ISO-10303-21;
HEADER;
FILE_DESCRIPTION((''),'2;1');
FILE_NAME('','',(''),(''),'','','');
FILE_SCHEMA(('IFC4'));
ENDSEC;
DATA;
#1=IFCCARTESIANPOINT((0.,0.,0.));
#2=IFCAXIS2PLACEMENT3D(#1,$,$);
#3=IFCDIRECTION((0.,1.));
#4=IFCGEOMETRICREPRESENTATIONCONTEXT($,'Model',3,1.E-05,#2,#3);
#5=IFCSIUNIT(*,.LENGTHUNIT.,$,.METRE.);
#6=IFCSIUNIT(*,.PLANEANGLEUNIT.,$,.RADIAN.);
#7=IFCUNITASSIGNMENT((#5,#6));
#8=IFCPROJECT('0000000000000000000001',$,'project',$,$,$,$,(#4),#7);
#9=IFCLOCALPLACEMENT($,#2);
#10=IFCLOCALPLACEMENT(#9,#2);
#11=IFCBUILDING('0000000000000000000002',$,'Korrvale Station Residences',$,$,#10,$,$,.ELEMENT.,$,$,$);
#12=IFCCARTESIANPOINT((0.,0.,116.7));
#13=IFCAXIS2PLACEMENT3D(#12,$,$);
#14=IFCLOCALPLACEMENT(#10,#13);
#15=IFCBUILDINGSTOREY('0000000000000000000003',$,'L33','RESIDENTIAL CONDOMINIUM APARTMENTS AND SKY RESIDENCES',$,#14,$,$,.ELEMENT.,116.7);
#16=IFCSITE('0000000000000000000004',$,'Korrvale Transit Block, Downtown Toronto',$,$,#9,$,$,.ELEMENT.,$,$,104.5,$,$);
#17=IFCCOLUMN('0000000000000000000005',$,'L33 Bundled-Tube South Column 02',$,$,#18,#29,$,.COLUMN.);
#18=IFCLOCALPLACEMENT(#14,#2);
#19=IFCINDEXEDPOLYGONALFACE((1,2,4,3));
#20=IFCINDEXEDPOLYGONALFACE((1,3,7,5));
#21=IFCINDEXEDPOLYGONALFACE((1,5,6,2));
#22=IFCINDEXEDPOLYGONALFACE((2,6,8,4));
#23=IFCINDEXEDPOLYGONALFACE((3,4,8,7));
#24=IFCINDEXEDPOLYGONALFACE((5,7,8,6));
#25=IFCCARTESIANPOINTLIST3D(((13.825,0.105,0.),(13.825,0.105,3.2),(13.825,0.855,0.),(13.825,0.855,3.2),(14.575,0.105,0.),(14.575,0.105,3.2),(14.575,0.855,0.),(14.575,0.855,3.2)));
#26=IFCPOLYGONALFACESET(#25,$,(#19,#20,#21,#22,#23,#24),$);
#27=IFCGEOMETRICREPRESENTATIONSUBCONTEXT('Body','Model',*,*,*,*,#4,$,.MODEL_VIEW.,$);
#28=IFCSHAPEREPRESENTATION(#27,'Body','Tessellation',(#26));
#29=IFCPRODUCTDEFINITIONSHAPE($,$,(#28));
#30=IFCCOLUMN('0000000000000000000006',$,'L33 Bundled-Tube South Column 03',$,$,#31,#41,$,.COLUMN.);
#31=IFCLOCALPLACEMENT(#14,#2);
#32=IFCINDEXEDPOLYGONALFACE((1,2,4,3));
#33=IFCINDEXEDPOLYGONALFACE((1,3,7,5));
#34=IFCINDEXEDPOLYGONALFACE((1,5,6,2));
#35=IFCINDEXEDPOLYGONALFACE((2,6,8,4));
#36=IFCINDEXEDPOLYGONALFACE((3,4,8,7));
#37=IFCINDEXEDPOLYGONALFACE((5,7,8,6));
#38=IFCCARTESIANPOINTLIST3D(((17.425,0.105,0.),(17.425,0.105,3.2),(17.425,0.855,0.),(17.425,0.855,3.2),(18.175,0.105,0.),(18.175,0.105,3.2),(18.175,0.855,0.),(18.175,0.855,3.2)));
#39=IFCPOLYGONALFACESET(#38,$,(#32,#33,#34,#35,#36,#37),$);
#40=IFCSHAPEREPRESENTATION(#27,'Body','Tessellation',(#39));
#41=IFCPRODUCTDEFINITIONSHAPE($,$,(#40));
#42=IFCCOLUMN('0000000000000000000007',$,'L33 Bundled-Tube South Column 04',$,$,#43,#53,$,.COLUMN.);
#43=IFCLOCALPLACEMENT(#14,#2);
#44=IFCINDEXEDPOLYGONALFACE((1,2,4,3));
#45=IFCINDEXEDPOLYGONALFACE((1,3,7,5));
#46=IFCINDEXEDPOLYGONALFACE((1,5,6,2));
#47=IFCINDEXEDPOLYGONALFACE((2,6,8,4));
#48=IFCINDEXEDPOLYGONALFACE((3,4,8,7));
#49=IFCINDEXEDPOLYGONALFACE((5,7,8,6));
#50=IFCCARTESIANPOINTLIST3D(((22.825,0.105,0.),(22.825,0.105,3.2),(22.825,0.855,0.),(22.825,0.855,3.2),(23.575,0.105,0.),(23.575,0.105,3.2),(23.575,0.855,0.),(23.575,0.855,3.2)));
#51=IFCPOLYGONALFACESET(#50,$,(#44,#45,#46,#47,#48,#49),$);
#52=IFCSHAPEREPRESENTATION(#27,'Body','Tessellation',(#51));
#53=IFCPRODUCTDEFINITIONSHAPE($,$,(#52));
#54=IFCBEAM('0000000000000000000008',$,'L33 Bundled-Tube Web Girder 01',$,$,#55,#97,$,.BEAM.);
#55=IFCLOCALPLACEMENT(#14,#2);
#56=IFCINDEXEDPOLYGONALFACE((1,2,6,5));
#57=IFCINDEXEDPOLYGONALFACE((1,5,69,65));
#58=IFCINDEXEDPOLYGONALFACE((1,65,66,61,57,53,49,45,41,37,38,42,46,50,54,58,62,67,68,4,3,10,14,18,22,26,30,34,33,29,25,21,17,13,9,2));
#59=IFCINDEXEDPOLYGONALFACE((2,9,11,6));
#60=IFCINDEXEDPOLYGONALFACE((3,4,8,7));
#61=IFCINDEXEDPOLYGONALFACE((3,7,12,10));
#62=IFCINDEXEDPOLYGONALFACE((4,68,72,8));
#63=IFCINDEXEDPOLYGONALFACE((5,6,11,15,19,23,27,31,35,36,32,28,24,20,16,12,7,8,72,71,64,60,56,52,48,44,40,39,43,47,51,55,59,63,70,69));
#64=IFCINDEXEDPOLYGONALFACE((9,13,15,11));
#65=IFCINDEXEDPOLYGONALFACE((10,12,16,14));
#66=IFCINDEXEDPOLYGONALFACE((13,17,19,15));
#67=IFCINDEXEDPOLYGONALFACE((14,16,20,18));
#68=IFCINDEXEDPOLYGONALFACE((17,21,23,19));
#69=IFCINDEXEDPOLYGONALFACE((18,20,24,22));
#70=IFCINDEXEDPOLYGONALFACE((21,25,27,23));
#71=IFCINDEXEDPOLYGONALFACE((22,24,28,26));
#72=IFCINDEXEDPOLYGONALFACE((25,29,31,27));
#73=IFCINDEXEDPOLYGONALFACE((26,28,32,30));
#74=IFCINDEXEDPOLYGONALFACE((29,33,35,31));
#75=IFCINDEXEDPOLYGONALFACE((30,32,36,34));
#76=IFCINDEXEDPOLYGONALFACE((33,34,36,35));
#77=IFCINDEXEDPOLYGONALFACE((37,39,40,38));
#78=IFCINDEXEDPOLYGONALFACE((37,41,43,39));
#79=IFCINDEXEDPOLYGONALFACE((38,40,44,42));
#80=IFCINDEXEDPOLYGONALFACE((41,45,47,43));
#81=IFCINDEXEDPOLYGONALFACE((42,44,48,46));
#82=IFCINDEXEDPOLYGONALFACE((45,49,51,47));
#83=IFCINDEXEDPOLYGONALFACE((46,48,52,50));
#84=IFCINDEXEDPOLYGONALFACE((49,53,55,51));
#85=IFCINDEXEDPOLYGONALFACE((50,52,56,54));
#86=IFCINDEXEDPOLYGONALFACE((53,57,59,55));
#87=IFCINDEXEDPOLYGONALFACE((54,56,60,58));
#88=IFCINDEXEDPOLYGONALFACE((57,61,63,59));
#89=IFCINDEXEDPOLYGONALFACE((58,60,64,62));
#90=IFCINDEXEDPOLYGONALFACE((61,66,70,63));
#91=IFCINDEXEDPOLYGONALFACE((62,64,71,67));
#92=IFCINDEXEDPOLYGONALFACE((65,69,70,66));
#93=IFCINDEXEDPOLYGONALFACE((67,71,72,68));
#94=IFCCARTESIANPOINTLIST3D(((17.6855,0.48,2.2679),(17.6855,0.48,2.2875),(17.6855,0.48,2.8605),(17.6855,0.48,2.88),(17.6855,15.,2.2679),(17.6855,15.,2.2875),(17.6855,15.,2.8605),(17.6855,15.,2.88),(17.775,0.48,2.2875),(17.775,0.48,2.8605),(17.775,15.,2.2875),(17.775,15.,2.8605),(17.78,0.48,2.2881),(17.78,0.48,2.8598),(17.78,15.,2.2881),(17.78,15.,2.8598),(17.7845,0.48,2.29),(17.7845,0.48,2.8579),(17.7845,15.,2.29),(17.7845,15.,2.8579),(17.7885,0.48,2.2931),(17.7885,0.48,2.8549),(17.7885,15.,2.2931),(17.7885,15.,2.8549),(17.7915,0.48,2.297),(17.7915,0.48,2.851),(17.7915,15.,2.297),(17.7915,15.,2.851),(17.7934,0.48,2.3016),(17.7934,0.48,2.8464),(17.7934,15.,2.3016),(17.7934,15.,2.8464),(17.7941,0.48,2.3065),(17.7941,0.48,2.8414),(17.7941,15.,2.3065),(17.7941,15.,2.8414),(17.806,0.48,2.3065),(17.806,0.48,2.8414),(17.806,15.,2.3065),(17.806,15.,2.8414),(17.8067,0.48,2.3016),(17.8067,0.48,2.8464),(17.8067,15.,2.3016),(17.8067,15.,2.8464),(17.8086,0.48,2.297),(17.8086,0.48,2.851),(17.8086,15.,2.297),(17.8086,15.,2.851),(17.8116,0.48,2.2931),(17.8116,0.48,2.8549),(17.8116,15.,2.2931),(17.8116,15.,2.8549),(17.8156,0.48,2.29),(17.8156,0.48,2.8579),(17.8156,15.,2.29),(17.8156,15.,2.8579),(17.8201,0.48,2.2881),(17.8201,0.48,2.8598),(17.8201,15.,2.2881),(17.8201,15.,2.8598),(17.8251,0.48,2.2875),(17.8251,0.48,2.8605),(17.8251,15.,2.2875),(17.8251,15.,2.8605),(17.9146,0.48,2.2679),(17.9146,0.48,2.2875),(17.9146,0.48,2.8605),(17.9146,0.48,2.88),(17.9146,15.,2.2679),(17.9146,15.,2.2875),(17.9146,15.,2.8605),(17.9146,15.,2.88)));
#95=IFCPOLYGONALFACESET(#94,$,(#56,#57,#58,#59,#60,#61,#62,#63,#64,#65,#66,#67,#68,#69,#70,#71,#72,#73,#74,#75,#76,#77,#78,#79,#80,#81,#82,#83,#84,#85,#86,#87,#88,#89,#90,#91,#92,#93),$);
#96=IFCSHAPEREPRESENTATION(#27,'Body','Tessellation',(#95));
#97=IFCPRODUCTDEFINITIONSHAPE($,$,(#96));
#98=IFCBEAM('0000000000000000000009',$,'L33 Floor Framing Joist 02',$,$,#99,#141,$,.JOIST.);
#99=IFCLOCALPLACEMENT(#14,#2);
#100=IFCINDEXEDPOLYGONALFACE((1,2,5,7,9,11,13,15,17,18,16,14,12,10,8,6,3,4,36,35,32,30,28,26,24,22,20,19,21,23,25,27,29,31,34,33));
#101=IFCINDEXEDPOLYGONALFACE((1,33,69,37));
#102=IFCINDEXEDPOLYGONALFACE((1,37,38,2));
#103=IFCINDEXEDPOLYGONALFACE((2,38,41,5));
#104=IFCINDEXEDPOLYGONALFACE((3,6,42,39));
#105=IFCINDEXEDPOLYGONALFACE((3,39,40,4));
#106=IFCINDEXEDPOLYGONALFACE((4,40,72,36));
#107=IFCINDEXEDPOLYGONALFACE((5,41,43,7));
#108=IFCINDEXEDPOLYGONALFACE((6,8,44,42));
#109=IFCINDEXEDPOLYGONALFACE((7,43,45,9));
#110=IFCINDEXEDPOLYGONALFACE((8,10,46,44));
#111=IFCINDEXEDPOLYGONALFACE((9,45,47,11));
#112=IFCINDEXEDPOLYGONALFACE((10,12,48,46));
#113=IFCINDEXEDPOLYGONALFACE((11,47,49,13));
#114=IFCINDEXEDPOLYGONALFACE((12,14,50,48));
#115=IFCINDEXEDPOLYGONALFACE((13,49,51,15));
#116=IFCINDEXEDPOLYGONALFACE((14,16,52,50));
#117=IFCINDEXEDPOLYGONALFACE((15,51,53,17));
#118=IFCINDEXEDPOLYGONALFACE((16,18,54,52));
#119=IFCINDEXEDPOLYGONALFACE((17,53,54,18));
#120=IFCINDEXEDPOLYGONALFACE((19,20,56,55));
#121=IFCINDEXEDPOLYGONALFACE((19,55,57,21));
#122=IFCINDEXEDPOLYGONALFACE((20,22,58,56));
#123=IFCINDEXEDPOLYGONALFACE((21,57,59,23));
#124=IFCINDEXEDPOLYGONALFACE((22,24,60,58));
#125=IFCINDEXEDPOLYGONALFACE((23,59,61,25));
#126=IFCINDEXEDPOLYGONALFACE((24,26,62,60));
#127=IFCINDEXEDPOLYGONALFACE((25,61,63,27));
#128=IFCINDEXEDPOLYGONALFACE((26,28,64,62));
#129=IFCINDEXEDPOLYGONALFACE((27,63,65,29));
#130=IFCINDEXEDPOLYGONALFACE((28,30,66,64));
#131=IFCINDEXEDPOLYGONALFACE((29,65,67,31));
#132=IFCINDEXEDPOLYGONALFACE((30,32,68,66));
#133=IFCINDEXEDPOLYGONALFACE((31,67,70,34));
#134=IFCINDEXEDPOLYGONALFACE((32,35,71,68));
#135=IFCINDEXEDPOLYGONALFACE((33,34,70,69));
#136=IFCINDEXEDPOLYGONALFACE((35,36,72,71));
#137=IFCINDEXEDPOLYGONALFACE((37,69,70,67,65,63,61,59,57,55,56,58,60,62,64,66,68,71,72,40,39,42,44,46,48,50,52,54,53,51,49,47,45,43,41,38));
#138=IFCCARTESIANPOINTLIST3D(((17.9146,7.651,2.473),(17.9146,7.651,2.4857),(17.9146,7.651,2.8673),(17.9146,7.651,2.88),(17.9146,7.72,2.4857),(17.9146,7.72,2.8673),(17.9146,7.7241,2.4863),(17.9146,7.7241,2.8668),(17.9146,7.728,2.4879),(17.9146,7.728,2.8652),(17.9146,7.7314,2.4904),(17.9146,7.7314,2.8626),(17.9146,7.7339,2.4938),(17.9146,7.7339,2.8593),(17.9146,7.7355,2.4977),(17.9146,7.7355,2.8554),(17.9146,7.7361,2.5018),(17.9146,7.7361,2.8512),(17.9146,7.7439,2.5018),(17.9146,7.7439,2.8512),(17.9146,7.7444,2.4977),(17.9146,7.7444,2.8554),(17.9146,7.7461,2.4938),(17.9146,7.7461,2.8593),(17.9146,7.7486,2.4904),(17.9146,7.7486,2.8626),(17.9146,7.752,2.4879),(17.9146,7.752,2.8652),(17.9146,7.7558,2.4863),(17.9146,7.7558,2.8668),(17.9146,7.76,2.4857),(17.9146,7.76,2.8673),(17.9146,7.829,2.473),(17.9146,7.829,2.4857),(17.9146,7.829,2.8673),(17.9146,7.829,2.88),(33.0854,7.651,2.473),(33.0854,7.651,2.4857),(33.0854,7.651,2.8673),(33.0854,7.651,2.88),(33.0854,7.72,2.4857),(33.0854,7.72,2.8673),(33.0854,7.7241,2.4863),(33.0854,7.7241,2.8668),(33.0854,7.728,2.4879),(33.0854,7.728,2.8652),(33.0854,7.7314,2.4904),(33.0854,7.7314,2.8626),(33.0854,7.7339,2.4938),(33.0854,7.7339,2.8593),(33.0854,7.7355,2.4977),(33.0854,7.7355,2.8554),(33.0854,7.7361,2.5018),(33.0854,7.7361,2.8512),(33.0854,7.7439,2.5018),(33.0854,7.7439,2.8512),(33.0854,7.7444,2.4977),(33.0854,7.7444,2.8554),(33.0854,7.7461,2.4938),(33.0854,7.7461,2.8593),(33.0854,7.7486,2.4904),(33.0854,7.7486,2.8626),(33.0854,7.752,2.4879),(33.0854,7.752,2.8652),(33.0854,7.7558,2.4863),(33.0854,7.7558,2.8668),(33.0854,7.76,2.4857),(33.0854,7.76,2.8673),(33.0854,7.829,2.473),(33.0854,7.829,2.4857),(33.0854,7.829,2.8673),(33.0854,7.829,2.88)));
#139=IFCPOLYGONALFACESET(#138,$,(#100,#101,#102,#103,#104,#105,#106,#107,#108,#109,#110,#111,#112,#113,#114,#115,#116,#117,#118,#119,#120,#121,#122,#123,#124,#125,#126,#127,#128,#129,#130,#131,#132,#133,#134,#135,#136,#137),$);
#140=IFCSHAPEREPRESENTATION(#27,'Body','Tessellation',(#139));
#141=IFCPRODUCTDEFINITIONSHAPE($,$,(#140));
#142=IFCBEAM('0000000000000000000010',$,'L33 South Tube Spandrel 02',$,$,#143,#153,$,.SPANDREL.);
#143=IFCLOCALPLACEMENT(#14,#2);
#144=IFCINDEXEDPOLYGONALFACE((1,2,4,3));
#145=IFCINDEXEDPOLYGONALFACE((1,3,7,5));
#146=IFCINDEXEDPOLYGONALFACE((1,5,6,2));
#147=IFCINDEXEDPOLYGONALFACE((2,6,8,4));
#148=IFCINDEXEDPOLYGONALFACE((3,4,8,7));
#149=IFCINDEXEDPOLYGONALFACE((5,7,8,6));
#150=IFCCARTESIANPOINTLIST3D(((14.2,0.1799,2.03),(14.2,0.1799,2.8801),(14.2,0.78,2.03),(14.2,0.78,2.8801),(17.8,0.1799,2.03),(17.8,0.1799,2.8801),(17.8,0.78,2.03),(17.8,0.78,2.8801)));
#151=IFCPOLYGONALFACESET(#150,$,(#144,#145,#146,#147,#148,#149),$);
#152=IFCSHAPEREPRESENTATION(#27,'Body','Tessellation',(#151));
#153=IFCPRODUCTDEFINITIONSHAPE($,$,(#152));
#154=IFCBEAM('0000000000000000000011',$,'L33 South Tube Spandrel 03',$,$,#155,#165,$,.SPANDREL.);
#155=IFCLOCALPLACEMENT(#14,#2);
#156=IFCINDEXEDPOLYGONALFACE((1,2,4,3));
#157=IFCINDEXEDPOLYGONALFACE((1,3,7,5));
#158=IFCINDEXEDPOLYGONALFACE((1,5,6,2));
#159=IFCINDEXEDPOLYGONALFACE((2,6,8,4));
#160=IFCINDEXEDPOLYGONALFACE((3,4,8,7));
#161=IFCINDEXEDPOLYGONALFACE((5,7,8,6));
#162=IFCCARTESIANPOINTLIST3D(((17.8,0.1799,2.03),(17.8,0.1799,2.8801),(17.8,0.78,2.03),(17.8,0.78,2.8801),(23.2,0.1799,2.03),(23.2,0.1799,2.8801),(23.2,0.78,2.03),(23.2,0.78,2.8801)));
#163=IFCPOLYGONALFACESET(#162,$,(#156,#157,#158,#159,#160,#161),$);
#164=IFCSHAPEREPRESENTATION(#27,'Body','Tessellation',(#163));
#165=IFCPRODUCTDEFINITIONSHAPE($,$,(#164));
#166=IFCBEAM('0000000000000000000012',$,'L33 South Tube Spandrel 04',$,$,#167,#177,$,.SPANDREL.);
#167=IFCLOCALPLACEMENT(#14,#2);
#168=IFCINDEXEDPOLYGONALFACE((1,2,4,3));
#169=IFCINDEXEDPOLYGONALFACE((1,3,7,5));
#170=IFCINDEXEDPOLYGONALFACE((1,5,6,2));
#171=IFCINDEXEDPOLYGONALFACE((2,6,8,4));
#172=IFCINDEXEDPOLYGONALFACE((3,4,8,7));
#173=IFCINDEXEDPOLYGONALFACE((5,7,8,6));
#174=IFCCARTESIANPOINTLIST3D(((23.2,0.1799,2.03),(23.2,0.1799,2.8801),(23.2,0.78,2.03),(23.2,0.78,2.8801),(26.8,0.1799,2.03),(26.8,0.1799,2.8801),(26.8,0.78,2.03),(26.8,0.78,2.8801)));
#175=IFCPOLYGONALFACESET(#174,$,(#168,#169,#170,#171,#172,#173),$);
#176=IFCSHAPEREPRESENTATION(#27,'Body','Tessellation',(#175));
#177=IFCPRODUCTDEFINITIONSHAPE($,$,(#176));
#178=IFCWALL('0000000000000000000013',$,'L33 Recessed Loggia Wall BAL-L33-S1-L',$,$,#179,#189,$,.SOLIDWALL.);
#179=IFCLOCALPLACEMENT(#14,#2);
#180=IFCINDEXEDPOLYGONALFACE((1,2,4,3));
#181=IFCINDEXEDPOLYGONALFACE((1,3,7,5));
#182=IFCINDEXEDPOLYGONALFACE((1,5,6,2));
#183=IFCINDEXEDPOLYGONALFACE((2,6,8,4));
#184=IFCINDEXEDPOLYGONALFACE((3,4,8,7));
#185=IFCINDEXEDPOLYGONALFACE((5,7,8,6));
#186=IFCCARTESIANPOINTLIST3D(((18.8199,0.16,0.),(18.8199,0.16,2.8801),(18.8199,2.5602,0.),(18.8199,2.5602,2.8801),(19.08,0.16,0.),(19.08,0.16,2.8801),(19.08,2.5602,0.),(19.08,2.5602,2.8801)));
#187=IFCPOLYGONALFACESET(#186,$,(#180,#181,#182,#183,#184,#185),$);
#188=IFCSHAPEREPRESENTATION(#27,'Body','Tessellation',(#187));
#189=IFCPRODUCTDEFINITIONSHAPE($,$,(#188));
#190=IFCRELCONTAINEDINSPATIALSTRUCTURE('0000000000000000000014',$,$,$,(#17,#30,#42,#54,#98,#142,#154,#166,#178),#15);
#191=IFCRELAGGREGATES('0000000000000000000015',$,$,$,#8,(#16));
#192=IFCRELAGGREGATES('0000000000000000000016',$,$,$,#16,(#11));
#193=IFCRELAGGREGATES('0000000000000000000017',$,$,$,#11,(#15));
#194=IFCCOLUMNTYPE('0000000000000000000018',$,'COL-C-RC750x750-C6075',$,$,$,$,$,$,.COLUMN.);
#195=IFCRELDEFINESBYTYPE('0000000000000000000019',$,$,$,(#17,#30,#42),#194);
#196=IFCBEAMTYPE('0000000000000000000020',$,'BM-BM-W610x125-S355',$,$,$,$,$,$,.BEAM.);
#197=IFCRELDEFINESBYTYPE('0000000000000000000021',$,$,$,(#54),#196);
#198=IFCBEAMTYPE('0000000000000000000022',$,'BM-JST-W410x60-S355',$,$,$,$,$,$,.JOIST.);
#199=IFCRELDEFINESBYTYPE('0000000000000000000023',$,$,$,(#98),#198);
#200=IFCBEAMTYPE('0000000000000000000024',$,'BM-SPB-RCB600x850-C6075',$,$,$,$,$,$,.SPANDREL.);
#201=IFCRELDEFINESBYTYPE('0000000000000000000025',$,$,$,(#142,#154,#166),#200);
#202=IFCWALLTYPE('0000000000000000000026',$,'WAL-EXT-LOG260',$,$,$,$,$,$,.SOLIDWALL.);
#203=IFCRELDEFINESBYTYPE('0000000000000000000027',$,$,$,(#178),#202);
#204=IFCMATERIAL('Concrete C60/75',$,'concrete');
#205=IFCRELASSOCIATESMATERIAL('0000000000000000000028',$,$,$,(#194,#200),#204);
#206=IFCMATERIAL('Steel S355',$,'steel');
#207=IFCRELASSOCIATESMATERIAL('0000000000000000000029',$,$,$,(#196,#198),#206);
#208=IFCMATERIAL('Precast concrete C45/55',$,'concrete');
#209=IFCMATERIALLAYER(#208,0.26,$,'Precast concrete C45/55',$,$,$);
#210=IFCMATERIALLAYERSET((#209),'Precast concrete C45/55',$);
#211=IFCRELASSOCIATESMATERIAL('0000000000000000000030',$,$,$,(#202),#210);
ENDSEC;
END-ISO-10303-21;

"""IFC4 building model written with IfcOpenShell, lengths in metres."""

from ifc_helpers import new_model, si_unit, direction, frame, frame_2d, origin, origin_2d, place, context, subcontext, project, spatial, rectangle, i_section, extrude, material, layer, layer_set, material_profile, profile_set, type_object, element, save


model = new_model("IFC4")

# Units and contexts
model_context = context("Model", 3, precision=1e-05, world=origin(), true_north=direction((0.0, 1.0)))
body_context = subcontext(model_context, "Body", "Model", "MODEL_VIEW")
ifc_project = project(units=[si_unit("LENGTHUNIT", "METRE"), si_unit("PLANEANGLEUNIT", "RADIAN")], contexts=[model_context])

# Site, building, storey
site_placement = place(None, origin())
site = spatial("IfcSite", under=ifc_project, at=site_placement, Name="Korrvale Transit Block, Downtown Toronto", CompositionType="ELEMENT", RefElevation=104.5)
building_placement = place(site_placement, origin())
building = spatial("IfcBuilding", under=site, at=building_placement, Name="Korrvale Station Residences", CompositionType="ELEMENT")
storey_placement = place(building_placement, frame((0.0, 0.0, 116.7)))
storey = spatial("IfcBuildingStorey", under=building, at=storey_placement, Name="L33", Description="RESIDENTIAL CONDOMINIUM APARTMENTS AND SKY RESIDENCES", CompositionType="ELEMENT", Elevation=116.7)

# Columns
ifc_material_1 = material(Name="Concrete C60/75", Category="concrete")
ifc_material_profile_1 = material_profile(ifc_material_1, rectangle(XDim=0.75, YDim=0.75, at=origin_2d()), Name="RC750x750")
ifc_profile_set_1 = profile_set([ifc_material_profile_1], Name="Concrete C60/75")
column_type = type_object("IfcColumnType", Name="COL-C-RC750x750-C6075", PredefinedType="COLUMN", material=ifc_profile_set_1)
for number, where, z_axis, x_axis, name in (
    (1, (14.2, 0.48, 0.0), (0.0, 0.0, 1.0), (1.0, 0.0, 0.0), "L33 Bundled-Tube South Column 02"),
    (2, (17.8, 0.48, 0.0), (0.0, 0.0, 1.0), (1.0, 0.0, 0.0), "L33 Bundled-Tube South Column 03"),
    (3, (23.2, 0.48, 0.0), (0.0, 0.0, 1.0), (1.0, 0.0, 0.0), "L33 Bundled-Tube South Column 04"),
):
    element("IfcColumn", number, at=place(storey_placement, frame(where, z_axis=z_axis, x_axis=x_axis)), inside=storey, type_object=column_type, Name=name, PredefinedType="COLUMN", context=body_context, shape_type="SweptSolid", body=[
        extrude(rectangle(XDim=0.75, YDim=0.75, at=origin_2d()), origin(), (0.0, 0.0, 1.0), 3.2),
    ])

# Beams
ifc_material_2 = material(Name="Steel S355", Category="steel")
ifc_material_profile_2 = material_profile(ifc_material_2, i_section(OverallWidth=0.229, OverallDepth=0.6121, WebThickness=0.012, FlangeThickness=0.0195, FilletRadius=0.019, at=origin_2d()), Name="W610x125")
ifc_profile_set_2 = profile_set([ifc_material_profile_2], Name="Steel S355")
beam_type_1 = type_object("IfcBeamType", Name="BM-BM-W610x125-S355", PredefinedType="BEAM", material=ifc_profile_set_2)
beam_1_placement = place(storey_placement, frame((17.8, 0.48, 2.574), z_axis=(0.0, 1.0, 0.0), x_axis=(-1.0, 0.0, 0.0)))
element("IfcBeam", 4, at=beam_1_placement, inside=storey, type_object=beam_type_1, Name="L33 Bundled-Tube Web Girder 01", PredefinedType="BEAM", context=body_context, shape_type="SweptSolid", body=[
    extrude(i_section(OverallWidth=0.229, OverallDepth=0.6121, WebThickness=0.012, FlangeThickness=0.0195, FilletRadius=0.019, at=origin_2d()), origin(), (0.0, 0.0, 1.0), 14.52),
])
ifc_material_profile_3 = material_profile(ifc_material_2, i_section(OverallWidth=0.178, OverallDepth=0.407, WebThickness=0.0078, FlangeThickness=0.0127, FilletRadius=0.0161, at=origin_2d()), Name="W410x60")
ifc_profile_set_3 = profile_set([ifc_material_profile_3], Name="Steel S355")
beam_type_2 = type_object("IfcBeamType", Name="BM-JST-W410x60-S355", PredefinedType="JOIST", material=ifc_profile_set_3)
beam_2_placement = place(storey_placement, frame((17.9146, 7.74, 2.6765), z_axis=(1.0, 0.0, 0.0), x_axis=(0.0, 1.0, 0.0)))
element("IfcBeam", 5, at=beam_2_placement, inside=storey, type_object=beam_type_2, Name="L33 Floor Framing Joist 02", PredefinedType="JOIST", context=body_context, shape_type="SweptSolid", body=[
    extrude(i_section(OverallWidth=0.178, OverallDepth=0.407, WebThickness=0.0078, FlangeThickness=0.0127, FilletRadius=0.0161, at=origin_2d()), origin(), (0.0, 0.0, 1.0), 15.1709),
])
ifc_material_profile_4 = material_profile(ifc_material_1, rectangle(XDim=0.6001, YDim=0.8501, at=origin_2d()), Name="RCB600x850")
ifc_profile_set_4 = profile_set([ifc_material_profile_4], Name="Concrete C60/75")
beam_type_3 = type_object("IfcBeamType", Name="BM-SPB-RCB600x850-C6075", PredefinedType="SPANDREL", material=ifc_profile_set_4)
beam_3_placement = place(storey_placement, frame((14.2, 0.48, 2.4551), z_axis=(1.0, 0.0, 0.0), x_axis=(0.0, 1.0, 0.0)))
element("IfcBeam", 6, at=beam_3_placement, inside=storey, type_object=beam_type_3, Name="L33 South Tube Spandrel 02", PredefinedType="SPANDREL", context=body_context, shape_type="SweptSolid", body=[
    extrude(rectangle(XDim=0.6001, YDim=0.8501, at=origin_2d()), origin(), (0.0, 0.0, 1.0), 3.6001),
])
beam_4_placement = place(storey_placement, frame((17.8, 0.48, 2.4551), z_axis=(1.0, 0.0, 0.0), x_axis=(0.0, 1.0, 0.0)))
element("IfcBeam", 7, at=beam_4_placement, inside=storey, type_object=beam_type_3, Name="L33 South Tube Spandrel 03", PredefinedType="SPANDREL", context=body_context, shape_type="SweptSolid", body=[
    extrude(rectangle(XDim=0.6001, YDim=0.8501, at=origin_2d()), origin(), (0.0, 0.0, 1.0), 5.3999),
])
beam_5_placement = place(storey_placement, frame((23.2, 0.48, 2.4551), z_axis=(1.0, 0.0, 0.0), x_axis=(0.0, 1.0, 0.0)))
element("IfcBeam", 8, at=beam_5_placement, inside=storey, type_object=beam_type_3, Name="L33 South Tube Spandrel 04", PredefinedType="SPANDREL", context=body_context, shape_type="SweptSolid", body=[
    extrude(rectangle(XDim=0.6001, YDim=0.8501, at=origin_2d()), origin(), (0.0, 0.0, 1.0), 3.6001),
])

# Wall
ifc_material_3 = material(Name="Precast concrete C45/55", Category="concrete")
ifc_layer_1 = layer(ifc_material_3, 0.26, Name="Precast concrete C45/55")
ifc_layer_set_1 = layer_set([ifc_layer_1], Name="Precast concrete C45/55")
wall_type_1 = type_object("IfcWallType", Name="WAL-EXT-LOG260", PredefinedType="SOLIDWALL", material=ifc_layer_set_1)
wall_1_placement = place(storey_placement, frame((18.95, 0.1599, 0.0), z_axis=(0.0, 0.0, 1.0), x_axis=(0.0, 1.0, 0.0)))
element("IfcWall", 9, at=wall_1_placement, inside=storey, type_object=wall_type_1, Name="L33 Recessed Loggia Wall BAL-L33-S1-L", PredefinedType="SOLIDWALL", context=body_context, shape_type="SweptSolid", body=[
    extrude(rectangle(XDim=2.4001, YDim=0.26, at=frame_2d((1.2002, 0.0))), origin(), (0.0, 0.0, 1.0), 2.8801),
])

save(model, "model.ifc")
